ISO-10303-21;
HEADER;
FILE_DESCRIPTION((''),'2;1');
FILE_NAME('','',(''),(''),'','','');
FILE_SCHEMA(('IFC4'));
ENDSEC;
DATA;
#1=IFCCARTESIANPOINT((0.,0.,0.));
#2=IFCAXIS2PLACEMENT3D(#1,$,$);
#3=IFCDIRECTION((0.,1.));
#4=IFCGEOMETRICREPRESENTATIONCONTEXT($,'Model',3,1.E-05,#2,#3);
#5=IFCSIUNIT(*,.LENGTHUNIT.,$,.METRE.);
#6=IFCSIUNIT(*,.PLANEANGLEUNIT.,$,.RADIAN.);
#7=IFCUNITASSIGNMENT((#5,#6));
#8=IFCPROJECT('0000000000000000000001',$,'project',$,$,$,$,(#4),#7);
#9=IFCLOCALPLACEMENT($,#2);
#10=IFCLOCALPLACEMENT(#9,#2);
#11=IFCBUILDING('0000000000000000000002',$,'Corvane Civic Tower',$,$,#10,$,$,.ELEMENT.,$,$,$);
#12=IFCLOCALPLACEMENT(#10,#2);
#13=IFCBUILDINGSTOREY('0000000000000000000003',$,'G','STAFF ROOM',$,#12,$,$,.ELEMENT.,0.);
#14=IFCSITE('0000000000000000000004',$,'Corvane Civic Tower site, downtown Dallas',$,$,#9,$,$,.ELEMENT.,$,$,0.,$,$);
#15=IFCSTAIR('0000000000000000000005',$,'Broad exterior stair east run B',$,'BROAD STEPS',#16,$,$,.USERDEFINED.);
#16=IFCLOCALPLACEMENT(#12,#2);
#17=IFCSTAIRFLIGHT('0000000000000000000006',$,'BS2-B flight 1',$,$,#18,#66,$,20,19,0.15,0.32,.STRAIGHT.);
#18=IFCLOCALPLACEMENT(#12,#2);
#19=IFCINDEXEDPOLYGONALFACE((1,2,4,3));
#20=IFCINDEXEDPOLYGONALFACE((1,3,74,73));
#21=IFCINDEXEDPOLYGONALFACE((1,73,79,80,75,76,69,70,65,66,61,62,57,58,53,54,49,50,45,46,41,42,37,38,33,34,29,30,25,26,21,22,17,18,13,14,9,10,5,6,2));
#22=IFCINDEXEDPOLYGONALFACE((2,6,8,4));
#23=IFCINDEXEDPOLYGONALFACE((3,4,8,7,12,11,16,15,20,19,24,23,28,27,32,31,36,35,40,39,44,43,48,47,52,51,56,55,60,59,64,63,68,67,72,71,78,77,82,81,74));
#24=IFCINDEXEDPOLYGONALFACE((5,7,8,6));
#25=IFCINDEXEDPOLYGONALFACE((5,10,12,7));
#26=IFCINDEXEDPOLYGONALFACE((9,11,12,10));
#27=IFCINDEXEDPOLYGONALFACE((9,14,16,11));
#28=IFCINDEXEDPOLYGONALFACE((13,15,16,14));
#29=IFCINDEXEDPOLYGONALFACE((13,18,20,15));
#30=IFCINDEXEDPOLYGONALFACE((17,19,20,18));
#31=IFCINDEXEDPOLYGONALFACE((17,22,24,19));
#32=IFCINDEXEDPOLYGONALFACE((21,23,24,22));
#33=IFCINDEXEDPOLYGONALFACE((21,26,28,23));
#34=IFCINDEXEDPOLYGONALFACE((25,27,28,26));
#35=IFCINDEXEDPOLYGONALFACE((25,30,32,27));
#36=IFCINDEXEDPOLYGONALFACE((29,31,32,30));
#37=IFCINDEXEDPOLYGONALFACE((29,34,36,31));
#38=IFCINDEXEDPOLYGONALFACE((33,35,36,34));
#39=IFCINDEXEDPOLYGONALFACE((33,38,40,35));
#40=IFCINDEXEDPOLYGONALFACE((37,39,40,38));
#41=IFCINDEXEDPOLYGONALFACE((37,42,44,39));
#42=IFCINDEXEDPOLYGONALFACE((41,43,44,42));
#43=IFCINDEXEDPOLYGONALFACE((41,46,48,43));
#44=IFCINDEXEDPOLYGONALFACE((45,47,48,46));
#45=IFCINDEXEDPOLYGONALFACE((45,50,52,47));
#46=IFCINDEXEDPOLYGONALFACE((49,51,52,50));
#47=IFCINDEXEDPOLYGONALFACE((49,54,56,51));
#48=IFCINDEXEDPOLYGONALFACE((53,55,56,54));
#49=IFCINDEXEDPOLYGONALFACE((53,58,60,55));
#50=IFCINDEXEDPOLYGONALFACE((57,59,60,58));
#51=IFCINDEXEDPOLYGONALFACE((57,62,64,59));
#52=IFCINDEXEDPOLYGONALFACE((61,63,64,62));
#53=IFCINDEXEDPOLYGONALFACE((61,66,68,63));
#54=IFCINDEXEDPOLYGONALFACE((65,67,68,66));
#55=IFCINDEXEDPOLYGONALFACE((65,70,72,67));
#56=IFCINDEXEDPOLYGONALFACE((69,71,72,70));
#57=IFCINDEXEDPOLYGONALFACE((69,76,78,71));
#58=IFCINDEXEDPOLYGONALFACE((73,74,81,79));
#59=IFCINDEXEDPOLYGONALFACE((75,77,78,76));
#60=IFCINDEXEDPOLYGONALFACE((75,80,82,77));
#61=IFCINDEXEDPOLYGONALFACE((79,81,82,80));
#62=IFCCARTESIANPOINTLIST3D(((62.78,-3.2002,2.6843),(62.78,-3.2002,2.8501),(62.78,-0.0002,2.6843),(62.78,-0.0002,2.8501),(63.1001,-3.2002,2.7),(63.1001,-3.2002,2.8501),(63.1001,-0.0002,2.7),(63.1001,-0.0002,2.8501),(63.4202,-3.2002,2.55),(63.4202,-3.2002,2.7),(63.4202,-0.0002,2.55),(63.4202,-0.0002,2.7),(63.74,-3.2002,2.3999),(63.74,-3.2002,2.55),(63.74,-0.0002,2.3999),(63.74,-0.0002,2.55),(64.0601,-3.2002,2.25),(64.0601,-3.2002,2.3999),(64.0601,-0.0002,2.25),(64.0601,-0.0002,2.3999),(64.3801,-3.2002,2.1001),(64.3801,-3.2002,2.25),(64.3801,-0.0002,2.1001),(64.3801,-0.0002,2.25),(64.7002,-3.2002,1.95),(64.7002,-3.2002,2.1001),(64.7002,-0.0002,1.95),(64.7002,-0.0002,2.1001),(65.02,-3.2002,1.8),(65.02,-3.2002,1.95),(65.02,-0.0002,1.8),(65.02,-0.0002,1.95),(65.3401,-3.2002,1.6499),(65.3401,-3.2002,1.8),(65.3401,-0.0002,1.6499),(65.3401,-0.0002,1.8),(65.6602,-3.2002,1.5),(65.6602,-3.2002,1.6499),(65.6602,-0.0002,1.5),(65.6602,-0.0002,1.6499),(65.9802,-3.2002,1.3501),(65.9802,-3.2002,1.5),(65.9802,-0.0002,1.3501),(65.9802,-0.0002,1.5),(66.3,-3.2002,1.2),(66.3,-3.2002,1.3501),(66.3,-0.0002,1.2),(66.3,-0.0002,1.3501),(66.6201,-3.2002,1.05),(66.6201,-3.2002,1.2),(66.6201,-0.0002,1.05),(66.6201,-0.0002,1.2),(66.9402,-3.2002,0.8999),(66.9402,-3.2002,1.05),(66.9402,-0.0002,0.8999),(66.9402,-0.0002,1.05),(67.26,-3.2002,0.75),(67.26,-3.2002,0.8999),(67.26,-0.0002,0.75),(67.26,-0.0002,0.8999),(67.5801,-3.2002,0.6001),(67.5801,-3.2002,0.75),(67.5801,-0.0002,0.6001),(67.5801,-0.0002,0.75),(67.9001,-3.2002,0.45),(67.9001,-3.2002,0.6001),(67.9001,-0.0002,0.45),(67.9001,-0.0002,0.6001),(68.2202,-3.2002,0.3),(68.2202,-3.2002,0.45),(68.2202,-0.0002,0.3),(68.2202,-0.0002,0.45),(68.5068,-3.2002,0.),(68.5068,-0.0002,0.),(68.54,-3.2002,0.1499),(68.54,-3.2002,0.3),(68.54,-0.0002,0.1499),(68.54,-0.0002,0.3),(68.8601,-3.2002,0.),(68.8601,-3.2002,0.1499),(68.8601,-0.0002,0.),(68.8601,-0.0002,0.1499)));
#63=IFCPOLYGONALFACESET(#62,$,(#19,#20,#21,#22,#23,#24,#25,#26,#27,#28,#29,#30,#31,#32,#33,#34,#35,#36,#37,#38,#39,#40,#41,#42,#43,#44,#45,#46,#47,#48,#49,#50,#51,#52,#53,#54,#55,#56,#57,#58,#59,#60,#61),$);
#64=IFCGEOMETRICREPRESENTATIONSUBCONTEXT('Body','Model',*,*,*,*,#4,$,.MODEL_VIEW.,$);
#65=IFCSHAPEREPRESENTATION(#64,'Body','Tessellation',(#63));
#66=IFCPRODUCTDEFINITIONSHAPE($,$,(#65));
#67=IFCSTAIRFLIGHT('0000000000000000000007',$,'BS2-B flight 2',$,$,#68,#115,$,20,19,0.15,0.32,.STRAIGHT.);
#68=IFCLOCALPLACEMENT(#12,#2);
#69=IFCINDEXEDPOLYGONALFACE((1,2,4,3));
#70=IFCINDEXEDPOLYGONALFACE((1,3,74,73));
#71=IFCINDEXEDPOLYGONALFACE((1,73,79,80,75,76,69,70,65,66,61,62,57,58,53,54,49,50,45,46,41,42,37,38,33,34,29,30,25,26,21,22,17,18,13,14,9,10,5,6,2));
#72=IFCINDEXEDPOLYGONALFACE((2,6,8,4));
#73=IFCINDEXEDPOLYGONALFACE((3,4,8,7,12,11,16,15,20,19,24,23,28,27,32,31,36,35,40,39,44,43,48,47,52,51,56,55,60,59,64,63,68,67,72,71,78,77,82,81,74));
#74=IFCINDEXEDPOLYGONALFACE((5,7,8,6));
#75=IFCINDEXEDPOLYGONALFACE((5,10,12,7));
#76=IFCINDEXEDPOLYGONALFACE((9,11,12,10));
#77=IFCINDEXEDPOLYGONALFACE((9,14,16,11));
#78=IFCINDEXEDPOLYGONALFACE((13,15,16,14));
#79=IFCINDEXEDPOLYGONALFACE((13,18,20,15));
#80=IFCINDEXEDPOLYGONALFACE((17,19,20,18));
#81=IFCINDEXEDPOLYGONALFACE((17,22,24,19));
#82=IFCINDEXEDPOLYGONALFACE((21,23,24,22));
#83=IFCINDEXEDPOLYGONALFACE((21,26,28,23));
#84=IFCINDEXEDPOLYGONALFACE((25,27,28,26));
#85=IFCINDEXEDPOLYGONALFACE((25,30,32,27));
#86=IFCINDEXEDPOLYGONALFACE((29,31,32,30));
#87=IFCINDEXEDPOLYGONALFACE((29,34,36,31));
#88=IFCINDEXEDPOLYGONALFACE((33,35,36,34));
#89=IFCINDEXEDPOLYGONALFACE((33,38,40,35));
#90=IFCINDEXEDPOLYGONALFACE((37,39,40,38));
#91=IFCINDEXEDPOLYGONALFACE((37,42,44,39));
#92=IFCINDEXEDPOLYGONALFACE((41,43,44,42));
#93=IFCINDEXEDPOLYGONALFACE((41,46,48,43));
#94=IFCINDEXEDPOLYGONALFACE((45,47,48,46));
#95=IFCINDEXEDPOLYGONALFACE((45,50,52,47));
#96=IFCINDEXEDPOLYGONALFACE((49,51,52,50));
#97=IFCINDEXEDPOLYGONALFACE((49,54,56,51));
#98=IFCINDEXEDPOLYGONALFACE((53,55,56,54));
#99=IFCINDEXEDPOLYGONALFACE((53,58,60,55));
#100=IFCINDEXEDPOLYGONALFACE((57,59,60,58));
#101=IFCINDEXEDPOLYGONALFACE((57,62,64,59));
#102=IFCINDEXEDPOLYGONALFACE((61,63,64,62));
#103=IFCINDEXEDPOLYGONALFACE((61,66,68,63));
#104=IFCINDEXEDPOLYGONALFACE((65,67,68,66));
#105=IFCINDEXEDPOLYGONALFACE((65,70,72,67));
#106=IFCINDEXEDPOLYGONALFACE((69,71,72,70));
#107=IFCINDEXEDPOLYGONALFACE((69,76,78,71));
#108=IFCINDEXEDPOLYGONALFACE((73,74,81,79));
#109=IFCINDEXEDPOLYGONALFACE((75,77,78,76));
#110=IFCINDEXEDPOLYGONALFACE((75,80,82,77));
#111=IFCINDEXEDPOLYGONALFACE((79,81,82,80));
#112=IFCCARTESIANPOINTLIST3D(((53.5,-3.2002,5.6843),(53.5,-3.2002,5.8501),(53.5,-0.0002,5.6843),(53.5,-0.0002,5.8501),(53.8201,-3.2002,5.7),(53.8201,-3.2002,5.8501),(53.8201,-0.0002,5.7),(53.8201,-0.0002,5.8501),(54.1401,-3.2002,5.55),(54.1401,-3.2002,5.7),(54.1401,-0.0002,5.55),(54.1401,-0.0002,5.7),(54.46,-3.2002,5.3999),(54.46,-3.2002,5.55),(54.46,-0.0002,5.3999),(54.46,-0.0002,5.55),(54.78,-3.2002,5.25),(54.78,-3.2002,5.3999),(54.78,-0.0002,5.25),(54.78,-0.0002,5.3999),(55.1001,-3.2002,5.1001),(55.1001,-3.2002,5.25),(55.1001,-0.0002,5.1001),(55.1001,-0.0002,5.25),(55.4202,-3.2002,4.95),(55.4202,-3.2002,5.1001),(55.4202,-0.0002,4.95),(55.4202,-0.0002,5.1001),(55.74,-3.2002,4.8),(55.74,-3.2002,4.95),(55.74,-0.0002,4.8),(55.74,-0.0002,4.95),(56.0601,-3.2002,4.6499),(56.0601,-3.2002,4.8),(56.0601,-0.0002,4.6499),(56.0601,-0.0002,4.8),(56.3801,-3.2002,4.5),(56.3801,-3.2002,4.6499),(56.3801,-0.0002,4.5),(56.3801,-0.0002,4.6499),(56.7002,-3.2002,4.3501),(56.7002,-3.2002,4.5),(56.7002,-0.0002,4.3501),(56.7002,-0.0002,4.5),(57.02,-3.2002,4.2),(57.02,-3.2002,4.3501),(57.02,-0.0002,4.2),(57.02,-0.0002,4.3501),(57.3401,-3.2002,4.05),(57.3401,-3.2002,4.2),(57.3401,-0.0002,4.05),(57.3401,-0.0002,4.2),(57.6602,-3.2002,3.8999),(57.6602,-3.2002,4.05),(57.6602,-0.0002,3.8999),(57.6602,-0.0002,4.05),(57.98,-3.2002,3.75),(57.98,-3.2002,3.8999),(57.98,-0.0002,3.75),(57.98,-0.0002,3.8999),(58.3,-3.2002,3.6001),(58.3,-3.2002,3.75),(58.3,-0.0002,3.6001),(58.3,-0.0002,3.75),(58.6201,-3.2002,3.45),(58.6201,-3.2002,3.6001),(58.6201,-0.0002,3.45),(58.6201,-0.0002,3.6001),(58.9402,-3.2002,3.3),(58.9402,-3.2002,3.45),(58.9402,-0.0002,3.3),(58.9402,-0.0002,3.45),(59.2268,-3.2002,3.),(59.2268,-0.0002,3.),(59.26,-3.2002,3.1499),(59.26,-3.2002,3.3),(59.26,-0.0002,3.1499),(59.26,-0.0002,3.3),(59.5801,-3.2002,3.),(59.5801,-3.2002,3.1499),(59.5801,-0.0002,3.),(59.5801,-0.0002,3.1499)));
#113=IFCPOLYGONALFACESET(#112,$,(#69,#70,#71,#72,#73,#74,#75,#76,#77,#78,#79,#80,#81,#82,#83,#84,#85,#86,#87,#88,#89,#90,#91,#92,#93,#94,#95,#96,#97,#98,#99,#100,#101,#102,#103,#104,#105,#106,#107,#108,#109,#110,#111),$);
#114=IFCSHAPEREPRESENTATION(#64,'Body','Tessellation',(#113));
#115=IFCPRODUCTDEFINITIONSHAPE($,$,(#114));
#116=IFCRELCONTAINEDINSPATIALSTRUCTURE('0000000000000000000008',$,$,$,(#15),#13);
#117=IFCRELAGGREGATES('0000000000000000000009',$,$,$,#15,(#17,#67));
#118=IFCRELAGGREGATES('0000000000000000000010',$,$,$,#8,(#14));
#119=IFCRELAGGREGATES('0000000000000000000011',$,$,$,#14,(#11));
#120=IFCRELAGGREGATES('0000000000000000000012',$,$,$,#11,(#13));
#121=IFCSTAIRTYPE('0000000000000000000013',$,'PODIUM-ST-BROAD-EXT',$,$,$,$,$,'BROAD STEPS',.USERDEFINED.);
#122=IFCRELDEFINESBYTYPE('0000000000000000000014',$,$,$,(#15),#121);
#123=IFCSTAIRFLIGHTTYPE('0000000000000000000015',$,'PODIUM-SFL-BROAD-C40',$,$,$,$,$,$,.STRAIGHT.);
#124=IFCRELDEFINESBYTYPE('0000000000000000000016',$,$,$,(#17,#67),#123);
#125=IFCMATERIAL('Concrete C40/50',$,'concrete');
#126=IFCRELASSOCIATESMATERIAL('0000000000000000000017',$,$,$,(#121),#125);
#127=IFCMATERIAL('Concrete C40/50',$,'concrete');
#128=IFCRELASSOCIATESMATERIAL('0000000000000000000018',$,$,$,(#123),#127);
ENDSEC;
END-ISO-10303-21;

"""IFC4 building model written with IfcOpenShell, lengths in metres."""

from ifc_helpers import new_model, si_unit, direction, frame, origin, place, context, subcontext, project, spatial, polyline, outline, extrude, material, type_object, element, aggregate, save


model = new_model("IFC4")

# Units and contexts
model_context = context("Model", 3, precision=1e-05, world=origin(), true_north=direction((0.0, 1.0)))
body_context = subcontext(model_context, "Body", "Model", "MODEL_VIEW")
ifc_project = project(units=[si_unit("LENGTHUNIT", "METRE"), si_unit("PLANEANGLEUNIT", "RADIAN")], contexts=[model_context])

# Site, building, storey
site_placement = place(None, origin())
site = spatial("IfcSite", under=ifc_project, at=site_placement, Name="Corvane Civic Tower site, downtown Dallas", CompositionType="ELEMENT", RefElevation=0.0)
building_placement = place(site_placement, origin())
building = spatial("IfcBuilding", under=site, at=building_placement, Name="Corvane Civic Tower", CompositionType="ELEMENT")
storey_placement = place(building_placement, origin())
storey = spatial("IfcBuildingStorey", under=building, at=storey_placement, Name="G", Description="STAFF ROOM", CompositionType="ELEMENT", Elevation=0.0)

# Stair, stair flights
ifc_material_1 = material(Name="Concrete C40/50", Category="concrete")
stair_type = type_object("IfcStairType", Name="PODIUM-ST-BROAD-EXT", ElementType="BROAD STEPS", PredefinedType="USERDEFINED", material=ifc_material_1)
ifc_material_2 = material(Name="Concrete C40/50", Category="concrete")
stair_flight_type = type_object("IfcStairFlightType", Name="PODIUM-SFL-BROAD-C40", PredefinedType="STRAIGHT", material=ifc_material_2)
stair_1_placement = place(storey_placement, origin())
stair_1 = element("IfcStair", 1, at=stair_1_placement, inside=storey, type_object=stair_type, Name="Broad exterior stair east run B", ObjectType="BROAD STEPS", PredefinedType="USERDEFINED")
stair_flight_1_placement = place(storey_placement, frame((68.8601, -1.6001, 0.0), z_axis=(0.0, 0.0, 1.0), x_axis=(-1.0, 0.0, 0.0)))
stair_flight_1 = element("IfcStairFlight", 2, at=stair_flight_1_placement, type_object=stair_flight_type, Name="BS2-B flight 1", NumberOfRisers=20, NumberOfTreads=19, PredefinedType="STRAIGHT", RiserHeight=0.15, TreadLength=0.32, context=body_context, shape_type="SweptSolid", body=[
    extrude(outline(polyline([(0.0, 0.0), (0.0, 0.1499), (0.3201, 0.1499), (0.3201, 0.3), (0.6399, 0.3), (0.6399, 0.45), (0.96, 0.45), (0.96, 0.6001), (1.28, 0.6001), (1.28, 0.75), (1.6001, 0.75), (1.6001, 0.8999), (1.9199, 0.8999), (1.9199, 1.05), (2.24, 1.05), (2.24, 1.2), (2.5601, 1.2), (2.5601, 1.3501), (2.8799, 1.3501), (2.8799, 1.5), (3.2, 1.5), (3.2, 1.6499), (3.52, 1.6499), (3.52, 1.8), (3.8401, 1.8), (3.8401, 1.95), (4.1599, 1.95), (4.1599, 2.1001), (4.48, 2.1001), (4.48, 2.25), (4.8, 2.25), (4.8, 2.3999), (5.1201, 2.3999), (5.1201, 2.55), (5.4399, 2.55), (5.4399, 2.7), (5.76, 2.7), (5.76, 2.8501), (6.0801, 2.8501), (6.0801, 3.0), (6.0801, 2.6843), (0.3533, 0.0), (0.0, 0.0)])), frame((0.0, 1.6001, 0.0), z_axis=(0.0, -1.0, 0.0), x_axis=(1.0, 0.0, 0.0)), (0.0, 0.0, 1.0), 3.2),
])
stair_flight_2_placement = place(storey_placement, frame((59.5801, -1.6001, 3.0), z_axis=(0.0, 0.0, 1.0), x_axis=(-1.0, 0.0, 0.0)))
stair_flight_2 = element("IfcStairFlight", 3, at=stair_flight_2_placement, type_object=stair_flight_type, Name="BS2-B flight 2", NumberOfRisers=20, NumberOfTreads=19, PredefinedType="STRAIGHT", RiserHeight=0.15, TreadLength=0.32, context=body_context, shape_type="SweptSolid", body=[
    extrude(outline(polyline([(0.0, 0.0), (0.0, 0.1499), (0.3201, 0.1499), (0.3201, 0.3), (0.6399, 0.3), (0.6399, 0.45), (0.96, 0.45), (0.96, 0.6001), (1.28, 0.6001), (1.28, 0.75), (1.6001, 0.75), (1.6001, 0.8999), (1.9199, 0.8999), (1.9199, 1.05), (2.24, 1.05), (2.24, 1.2), (2.5601, 1.2), (2.5601, 1.3501), (2.8799, 1.3501), (2.8799, 1.5), (3.2, 1.5), (3.2, 1.6499), (3.52, 1.6499), (3.52, 1.8), (3.8401, 1.8), (3.8401, 1.95), (4.1599, 1.95), (4.1599, 2.1001), (4.48, 2.1001), (4.48, 2.25), (4.8, 2.25), (4.8, 2.3999), (5.1201, 2.3999), (5.1201, 2.55), (5.4399, 2.55), (5.4399, 2.7), (5.76, 2.7), (5.76, 2.8501), (6.0801, 2.8501), (6.0801, 3.0), (6.0801, 2.6843), (0.3533, 0.0), (0.0, 0.0)])), frame((0.0, 1.6001, 0.0), z_axis=(0.0, -1.0, 0.0), x_axis=(1.0, 0.0, 0.0)), (0.0, 0.0, 1.0), 3.2),
])
aggregate(stair_1, [stair_flight_1, stair_flight_2])

save(model, "model.ifc")
